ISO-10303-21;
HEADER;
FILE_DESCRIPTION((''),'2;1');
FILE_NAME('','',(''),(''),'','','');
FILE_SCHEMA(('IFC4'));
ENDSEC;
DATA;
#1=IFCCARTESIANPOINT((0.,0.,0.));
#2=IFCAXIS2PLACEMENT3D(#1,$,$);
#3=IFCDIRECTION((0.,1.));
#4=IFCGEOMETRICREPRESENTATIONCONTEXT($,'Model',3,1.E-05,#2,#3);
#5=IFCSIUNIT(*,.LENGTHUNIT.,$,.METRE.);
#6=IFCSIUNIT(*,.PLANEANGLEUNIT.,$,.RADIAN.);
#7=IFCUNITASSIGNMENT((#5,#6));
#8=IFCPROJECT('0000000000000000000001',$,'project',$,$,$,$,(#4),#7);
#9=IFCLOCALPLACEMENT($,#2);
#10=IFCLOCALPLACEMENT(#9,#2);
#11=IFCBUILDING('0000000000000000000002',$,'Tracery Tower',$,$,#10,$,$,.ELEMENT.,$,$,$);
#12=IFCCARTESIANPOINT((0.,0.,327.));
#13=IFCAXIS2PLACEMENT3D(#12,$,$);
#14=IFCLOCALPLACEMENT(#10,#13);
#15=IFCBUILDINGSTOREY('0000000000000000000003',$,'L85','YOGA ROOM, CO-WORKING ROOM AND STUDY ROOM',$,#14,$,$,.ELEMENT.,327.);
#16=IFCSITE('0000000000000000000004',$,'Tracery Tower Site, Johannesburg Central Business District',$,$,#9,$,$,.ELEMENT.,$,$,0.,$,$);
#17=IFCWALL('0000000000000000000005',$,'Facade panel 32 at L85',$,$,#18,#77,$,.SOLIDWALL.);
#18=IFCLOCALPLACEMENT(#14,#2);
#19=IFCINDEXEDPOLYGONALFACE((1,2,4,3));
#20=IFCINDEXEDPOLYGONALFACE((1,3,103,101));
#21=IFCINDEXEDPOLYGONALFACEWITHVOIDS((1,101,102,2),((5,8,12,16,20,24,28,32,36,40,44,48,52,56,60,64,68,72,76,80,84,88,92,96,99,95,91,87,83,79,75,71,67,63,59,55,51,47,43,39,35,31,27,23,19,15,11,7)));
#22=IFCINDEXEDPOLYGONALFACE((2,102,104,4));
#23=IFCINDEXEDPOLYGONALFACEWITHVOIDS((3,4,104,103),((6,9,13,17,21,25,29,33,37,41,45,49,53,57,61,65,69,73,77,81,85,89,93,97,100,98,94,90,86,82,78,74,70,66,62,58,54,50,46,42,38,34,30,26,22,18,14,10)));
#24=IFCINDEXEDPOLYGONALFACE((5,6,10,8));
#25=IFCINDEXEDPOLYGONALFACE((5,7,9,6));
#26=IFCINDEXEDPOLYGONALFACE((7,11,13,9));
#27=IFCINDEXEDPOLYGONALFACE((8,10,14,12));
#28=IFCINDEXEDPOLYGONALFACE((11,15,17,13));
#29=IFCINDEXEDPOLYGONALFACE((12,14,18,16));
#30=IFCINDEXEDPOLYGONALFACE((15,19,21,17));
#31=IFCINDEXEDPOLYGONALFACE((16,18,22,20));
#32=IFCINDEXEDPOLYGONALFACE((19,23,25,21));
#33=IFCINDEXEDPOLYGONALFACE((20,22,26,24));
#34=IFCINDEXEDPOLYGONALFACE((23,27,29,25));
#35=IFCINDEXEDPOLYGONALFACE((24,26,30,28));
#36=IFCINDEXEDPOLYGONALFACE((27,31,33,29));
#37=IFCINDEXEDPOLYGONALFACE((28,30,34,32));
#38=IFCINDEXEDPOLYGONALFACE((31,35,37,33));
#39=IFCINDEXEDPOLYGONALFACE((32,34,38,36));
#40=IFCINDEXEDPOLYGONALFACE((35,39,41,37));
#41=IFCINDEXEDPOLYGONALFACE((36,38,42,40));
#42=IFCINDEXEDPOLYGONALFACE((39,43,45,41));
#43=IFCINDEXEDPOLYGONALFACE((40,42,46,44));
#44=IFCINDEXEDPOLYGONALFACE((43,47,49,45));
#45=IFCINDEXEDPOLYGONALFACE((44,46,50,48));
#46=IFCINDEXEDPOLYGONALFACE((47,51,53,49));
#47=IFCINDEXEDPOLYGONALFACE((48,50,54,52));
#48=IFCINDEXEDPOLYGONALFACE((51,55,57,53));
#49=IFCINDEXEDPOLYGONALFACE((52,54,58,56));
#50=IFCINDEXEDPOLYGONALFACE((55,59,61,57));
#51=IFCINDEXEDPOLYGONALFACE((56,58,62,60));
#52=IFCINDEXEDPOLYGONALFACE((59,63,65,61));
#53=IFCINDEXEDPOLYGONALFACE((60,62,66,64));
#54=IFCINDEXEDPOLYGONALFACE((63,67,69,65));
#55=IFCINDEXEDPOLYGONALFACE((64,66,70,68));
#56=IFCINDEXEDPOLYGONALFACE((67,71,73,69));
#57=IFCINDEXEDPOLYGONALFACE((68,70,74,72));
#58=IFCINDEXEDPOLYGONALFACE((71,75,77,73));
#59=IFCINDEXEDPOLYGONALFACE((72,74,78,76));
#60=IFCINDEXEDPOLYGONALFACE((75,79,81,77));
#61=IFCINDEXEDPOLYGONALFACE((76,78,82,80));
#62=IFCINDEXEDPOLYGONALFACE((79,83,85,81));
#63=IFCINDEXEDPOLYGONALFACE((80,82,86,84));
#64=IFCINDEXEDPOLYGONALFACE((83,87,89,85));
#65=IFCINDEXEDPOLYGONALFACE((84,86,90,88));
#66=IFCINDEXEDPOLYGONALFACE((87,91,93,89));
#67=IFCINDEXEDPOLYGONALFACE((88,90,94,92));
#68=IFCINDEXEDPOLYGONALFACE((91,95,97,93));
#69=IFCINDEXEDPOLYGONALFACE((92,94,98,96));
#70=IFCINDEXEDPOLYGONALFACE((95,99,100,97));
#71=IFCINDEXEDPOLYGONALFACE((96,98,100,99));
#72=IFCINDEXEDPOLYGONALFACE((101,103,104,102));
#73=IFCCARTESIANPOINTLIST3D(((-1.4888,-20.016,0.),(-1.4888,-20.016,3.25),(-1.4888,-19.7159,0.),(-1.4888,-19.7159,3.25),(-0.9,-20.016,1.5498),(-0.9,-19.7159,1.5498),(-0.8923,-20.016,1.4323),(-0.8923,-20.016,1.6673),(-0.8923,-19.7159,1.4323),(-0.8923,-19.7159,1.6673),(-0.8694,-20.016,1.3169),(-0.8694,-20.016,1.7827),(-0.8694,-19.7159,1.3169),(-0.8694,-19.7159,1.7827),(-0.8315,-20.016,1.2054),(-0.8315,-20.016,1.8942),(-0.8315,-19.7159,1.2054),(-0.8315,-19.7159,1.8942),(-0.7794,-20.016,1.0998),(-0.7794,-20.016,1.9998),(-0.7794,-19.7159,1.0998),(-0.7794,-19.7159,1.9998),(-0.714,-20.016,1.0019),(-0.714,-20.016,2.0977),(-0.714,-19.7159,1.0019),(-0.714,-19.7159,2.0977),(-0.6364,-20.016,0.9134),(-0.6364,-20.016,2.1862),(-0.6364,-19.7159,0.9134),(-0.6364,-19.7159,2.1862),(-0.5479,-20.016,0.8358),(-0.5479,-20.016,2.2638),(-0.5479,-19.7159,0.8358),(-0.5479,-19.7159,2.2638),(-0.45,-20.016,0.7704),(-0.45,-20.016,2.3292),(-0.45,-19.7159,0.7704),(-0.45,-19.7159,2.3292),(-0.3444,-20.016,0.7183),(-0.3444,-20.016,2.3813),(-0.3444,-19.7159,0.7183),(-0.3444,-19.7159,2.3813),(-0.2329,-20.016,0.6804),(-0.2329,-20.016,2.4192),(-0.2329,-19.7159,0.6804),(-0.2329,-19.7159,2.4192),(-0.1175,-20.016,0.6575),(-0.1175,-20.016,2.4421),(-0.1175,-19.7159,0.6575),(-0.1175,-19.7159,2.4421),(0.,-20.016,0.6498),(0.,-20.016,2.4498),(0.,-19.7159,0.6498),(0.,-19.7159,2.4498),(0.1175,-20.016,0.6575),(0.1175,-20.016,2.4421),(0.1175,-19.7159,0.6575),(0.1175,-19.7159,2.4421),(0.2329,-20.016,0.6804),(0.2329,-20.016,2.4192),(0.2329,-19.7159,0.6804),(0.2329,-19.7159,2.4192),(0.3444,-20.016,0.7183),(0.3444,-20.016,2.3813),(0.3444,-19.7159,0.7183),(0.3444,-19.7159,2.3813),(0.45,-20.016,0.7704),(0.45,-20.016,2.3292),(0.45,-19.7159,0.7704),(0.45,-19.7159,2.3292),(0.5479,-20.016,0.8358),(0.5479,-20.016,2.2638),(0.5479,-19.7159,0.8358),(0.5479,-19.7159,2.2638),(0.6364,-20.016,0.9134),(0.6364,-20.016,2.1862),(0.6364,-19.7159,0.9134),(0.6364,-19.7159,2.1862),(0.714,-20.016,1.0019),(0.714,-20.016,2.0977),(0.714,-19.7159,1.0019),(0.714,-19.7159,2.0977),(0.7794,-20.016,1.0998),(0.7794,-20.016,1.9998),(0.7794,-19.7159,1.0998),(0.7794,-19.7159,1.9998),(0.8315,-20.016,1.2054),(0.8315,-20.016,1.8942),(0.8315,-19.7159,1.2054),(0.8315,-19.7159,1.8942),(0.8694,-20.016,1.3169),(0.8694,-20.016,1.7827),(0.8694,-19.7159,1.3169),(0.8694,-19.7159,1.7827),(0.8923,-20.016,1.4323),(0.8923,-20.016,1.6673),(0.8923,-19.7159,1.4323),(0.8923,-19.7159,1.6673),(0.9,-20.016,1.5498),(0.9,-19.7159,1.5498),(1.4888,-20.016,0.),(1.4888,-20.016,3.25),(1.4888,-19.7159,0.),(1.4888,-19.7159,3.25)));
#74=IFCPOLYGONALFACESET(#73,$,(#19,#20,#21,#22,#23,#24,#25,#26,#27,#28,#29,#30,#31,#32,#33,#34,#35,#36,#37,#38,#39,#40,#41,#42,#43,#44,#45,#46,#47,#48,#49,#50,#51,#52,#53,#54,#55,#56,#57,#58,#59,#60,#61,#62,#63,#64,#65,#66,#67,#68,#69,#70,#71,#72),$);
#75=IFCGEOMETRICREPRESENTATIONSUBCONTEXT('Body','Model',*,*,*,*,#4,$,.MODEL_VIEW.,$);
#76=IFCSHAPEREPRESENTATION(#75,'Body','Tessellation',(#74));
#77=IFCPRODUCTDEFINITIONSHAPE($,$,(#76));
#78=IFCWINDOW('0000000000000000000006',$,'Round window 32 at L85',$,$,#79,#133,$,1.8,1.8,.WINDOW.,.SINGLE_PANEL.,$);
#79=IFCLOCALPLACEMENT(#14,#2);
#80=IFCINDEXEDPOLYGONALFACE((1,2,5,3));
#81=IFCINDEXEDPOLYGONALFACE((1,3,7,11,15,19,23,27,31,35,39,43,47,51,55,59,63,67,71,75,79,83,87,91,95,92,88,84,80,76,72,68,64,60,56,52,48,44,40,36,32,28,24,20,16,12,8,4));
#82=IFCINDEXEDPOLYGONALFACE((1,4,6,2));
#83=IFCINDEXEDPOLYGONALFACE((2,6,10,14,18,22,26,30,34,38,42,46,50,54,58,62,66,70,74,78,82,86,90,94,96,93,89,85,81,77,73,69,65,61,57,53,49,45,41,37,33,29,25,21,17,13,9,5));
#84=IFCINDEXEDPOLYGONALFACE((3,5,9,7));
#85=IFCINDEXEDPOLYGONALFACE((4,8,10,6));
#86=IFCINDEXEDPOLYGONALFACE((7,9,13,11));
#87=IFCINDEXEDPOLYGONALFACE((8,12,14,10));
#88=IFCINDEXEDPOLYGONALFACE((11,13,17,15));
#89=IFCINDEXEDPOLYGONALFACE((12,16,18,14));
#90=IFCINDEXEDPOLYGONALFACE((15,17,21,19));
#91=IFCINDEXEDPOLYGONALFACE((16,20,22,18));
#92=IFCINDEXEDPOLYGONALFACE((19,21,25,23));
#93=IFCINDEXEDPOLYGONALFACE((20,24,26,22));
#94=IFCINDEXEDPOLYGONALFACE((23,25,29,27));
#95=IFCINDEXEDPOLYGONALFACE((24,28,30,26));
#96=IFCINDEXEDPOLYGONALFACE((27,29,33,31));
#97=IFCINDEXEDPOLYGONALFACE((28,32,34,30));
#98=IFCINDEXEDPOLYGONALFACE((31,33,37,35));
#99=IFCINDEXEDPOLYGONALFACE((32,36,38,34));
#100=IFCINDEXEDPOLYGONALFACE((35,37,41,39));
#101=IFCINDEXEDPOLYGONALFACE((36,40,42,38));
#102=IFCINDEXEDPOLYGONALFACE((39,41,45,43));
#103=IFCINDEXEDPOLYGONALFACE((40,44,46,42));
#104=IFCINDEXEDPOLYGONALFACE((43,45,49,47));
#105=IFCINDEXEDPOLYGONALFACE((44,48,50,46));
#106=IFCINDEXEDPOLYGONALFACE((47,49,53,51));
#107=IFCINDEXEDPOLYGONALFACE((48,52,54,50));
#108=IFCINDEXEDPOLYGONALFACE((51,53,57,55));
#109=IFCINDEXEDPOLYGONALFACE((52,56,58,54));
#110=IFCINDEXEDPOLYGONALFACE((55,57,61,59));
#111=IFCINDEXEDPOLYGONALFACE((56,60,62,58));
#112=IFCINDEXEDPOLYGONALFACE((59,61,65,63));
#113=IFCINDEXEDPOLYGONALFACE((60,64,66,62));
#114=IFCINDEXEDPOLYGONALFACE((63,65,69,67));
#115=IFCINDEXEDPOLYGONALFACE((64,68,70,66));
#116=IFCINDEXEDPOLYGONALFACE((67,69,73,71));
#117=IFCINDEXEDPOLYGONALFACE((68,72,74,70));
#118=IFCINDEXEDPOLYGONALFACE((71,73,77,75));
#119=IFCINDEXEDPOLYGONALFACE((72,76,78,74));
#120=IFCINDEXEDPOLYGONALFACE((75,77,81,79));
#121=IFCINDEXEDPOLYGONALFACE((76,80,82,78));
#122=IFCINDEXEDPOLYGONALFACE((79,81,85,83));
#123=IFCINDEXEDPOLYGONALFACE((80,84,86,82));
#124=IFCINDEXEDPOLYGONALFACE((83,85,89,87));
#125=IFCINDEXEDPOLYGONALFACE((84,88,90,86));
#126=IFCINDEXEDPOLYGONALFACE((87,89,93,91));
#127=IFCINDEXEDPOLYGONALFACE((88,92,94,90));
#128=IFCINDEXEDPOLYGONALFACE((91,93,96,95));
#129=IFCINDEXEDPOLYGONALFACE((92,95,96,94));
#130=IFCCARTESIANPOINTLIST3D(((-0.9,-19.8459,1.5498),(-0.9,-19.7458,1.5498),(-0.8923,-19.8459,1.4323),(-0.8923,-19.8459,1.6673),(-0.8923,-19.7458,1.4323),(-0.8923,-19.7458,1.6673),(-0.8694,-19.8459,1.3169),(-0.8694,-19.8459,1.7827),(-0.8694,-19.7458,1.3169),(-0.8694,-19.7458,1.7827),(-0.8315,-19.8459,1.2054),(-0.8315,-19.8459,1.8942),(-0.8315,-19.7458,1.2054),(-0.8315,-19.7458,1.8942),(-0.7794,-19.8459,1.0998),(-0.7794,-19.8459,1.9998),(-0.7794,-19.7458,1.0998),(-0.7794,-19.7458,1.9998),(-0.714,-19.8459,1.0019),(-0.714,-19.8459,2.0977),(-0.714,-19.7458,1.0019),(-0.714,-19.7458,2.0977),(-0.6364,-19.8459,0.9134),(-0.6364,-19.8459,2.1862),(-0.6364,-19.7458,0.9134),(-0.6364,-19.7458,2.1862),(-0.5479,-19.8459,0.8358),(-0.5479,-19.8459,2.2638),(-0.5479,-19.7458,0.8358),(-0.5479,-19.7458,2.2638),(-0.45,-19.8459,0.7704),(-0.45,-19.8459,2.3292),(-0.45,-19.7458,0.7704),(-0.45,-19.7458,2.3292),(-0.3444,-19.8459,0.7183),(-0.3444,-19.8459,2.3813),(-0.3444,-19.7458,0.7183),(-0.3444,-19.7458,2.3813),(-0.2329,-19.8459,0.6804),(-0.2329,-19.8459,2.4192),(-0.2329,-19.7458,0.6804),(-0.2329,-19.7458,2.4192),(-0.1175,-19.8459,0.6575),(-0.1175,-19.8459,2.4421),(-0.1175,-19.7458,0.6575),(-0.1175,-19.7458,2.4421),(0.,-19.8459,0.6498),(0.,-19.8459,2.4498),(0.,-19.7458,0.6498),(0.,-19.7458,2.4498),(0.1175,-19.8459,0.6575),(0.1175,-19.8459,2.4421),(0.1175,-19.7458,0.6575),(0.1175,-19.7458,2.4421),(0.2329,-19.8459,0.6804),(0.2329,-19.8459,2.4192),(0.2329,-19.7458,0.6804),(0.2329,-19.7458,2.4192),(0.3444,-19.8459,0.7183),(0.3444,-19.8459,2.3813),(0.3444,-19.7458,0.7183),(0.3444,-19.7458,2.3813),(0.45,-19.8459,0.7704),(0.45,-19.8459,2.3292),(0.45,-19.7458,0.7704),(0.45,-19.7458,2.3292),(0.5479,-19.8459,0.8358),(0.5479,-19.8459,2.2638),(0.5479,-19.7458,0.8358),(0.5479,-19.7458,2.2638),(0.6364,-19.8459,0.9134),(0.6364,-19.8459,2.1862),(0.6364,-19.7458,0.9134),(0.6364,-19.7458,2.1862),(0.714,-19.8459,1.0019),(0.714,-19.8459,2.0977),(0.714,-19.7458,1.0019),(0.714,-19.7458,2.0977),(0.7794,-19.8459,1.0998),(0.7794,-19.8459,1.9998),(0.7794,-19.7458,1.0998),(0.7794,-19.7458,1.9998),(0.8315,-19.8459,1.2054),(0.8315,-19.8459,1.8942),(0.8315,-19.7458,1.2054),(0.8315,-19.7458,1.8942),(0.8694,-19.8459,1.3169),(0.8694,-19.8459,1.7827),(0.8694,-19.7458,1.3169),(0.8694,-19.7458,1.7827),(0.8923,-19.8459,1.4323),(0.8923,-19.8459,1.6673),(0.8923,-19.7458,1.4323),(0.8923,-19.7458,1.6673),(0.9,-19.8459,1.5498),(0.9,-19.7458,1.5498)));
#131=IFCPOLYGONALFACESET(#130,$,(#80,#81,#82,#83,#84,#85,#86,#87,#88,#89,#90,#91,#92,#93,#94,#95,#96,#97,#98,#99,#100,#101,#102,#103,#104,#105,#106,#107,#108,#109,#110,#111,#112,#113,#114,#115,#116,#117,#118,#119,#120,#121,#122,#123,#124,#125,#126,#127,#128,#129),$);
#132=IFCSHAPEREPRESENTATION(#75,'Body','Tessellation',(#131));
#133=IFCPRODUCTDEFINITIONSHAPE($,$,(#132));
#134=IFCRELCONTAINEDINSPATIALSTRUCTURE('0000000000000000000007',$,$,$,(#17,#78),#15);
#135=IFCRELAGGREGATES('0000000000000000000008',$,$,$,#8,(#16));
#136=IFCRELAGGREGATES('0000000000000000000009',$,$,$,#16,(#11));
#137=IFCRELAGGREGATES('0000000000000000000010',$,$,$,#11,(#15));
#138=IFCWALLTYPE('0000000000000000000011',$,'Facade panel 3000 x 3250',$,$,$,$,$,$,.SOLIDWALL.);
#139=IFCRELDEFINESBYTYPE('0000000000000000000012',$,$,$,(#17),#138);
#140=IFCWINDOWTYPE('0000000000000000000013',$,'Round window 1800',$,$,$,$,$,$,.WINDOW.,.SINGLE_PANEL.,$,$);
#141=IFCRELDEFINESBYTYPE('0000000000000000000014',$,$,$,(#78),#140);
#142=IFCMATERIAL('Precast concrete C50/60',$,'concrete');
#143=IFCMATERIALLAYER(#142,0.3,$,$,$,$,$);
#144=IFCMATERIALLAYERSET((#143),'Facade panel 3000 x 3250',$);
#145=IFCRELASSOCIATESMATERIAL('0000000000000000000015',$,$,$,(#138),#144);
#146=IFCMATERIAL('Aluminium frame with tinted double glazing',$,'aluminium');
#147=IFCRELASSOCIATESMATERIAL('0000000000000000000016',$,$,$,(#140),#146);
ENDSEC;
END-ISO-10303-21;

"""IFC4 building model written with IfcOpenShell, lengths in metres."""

from ifc_helpers import new_model, si_unit, direction, frame, frame_2d, origin, origin_2d, place, context, subcontext, project, spatial, rectangle, circle, extrude, material, layer, layer_set, type_object, element, fill, save


model = new_model("IFC4")

# Units and contexts
model_context = context("Model", 3, precision=1e-05, world=origin(), true_north=direction((0.0, 1.0)))
body_context = subcontext(model_context, "Body", "Model", "MODEL_VIEW")
ifc_project = project(units=[si_unit("LENGTHUNIT", "METRE"), si_unit("PLANEANGLEUNIT", "RADIAN")], contexts=[model_context])

# Site, building, storey
site_placement = place(None, origin())
site = spatial("IfcSite", under=ifc_project, at=site_placement, Name="Tracery Tower Site, Johannesburg Central Business District", CompositionType="ELEMENT", RefElevation=0.0)
building_placement = place(site_placement, origin())
building = spatial("IfcBuilding", under=site, at=building_placement, Name="Tracery Tower", CompositionType="ELEMENT")
storey_placement = place(building_placement, frame((0.0, 0.0, 327.0)))
storey = spatial("IfcBuildingStorey", under=building, at=storey_placement, Name="L85", Description="YOGA ROOM, CO-WORKING ROOM AND STUDY ROOM", CompositionType="ELEMENT", Elevation=327.0)

# Wall, opening, window
ifc_material_1 = material(Name="Precast concrete C50/60", Category="concrete")
ifc_layer_1 = layer(ifc_material_1, 0.3)
ifc_layer_set_1 = layer_set([ifc_layer_1], Name="Facade panel 3000 x 3250")
wall_type_1 = type_object("IfcWallType", Name="Facade panel 3000 x 3250", PredefinedType="SOLIDWALL", material=ifc_layer_set_1)
wall_1_placement = place(storey_placement, frame((-1.4888, -19.866, 0.0), z_axis=(0.0, 0.0, 1.0), x_axis=(1.0, 0.0, 0.0)))
wall_1 = element("IfcWall", 1, at=wall_1_placement, inside=storey, type_object=wall_type_1, Name="Facade panel 32 at L85", PredefinedType="SOLIDWALL", context=body_context, shape_type="SweptSolid", body=[
    extrude(rectangle(XDim=2.9775, YDim=0.3, at=frame_2d((1.4888, 0.0))), origin(), (0.0, 0.0, 1.0), 3.25),
])
opening_1_placement = place(wall_1_placement, frame((1.4888, 0.0, 1.5498)))
opening_1 = element("IfcOpeningElement", 2, at=opening_1_placement, cuts=wall_1, PredefinedType="OPENING", context=body_context, shape_type="SweptSolid", body=[
    extrude(circle(Radius=0.9, at=origin_2d()), frame((0.0, 0.1599, 0.0), z_axis=(0.0, -1.0, 0.0), x_axis=(1.0, 0.0, 0.0)), (0.0, 0.0, 1.0), 0.3201),
])
ifc_material_2 = material(Name="Aluminium frame with tinted double glazing", Category="aluminium")
window_type = type_object("IfcWindowType", Name="Round window 1800", PartitioningType="SINGLE_PANEL", PredefinedType="WINDOW", material=ifc_material_2)
window_1_placement = place(opening_1_placement, origin())
window_1 = element("IfcWindow", 3, at=window_1_placement, inside=storey, type_object=window_type, Name="Round window 32 at L85", OverallHeight=1.8, OverallWidth=1.8, PartitioningType="SINGLE_PANEL", PredefinedType="WINDOW", context=body_context, shape_type="SweptSolid", body=[
    extrude(circle(Radius=0.9, at=origin_2d()), frame((0.0, 0.1201, 0.0), z_axis=(0.0, -1.0, 0.0), x_axis=(1.0, 0.0, 0.0)), (0.0, 0.0, 1.0), 0.1001),
])
fill(opening_1, window_1)

save(model, "model.ifc")
